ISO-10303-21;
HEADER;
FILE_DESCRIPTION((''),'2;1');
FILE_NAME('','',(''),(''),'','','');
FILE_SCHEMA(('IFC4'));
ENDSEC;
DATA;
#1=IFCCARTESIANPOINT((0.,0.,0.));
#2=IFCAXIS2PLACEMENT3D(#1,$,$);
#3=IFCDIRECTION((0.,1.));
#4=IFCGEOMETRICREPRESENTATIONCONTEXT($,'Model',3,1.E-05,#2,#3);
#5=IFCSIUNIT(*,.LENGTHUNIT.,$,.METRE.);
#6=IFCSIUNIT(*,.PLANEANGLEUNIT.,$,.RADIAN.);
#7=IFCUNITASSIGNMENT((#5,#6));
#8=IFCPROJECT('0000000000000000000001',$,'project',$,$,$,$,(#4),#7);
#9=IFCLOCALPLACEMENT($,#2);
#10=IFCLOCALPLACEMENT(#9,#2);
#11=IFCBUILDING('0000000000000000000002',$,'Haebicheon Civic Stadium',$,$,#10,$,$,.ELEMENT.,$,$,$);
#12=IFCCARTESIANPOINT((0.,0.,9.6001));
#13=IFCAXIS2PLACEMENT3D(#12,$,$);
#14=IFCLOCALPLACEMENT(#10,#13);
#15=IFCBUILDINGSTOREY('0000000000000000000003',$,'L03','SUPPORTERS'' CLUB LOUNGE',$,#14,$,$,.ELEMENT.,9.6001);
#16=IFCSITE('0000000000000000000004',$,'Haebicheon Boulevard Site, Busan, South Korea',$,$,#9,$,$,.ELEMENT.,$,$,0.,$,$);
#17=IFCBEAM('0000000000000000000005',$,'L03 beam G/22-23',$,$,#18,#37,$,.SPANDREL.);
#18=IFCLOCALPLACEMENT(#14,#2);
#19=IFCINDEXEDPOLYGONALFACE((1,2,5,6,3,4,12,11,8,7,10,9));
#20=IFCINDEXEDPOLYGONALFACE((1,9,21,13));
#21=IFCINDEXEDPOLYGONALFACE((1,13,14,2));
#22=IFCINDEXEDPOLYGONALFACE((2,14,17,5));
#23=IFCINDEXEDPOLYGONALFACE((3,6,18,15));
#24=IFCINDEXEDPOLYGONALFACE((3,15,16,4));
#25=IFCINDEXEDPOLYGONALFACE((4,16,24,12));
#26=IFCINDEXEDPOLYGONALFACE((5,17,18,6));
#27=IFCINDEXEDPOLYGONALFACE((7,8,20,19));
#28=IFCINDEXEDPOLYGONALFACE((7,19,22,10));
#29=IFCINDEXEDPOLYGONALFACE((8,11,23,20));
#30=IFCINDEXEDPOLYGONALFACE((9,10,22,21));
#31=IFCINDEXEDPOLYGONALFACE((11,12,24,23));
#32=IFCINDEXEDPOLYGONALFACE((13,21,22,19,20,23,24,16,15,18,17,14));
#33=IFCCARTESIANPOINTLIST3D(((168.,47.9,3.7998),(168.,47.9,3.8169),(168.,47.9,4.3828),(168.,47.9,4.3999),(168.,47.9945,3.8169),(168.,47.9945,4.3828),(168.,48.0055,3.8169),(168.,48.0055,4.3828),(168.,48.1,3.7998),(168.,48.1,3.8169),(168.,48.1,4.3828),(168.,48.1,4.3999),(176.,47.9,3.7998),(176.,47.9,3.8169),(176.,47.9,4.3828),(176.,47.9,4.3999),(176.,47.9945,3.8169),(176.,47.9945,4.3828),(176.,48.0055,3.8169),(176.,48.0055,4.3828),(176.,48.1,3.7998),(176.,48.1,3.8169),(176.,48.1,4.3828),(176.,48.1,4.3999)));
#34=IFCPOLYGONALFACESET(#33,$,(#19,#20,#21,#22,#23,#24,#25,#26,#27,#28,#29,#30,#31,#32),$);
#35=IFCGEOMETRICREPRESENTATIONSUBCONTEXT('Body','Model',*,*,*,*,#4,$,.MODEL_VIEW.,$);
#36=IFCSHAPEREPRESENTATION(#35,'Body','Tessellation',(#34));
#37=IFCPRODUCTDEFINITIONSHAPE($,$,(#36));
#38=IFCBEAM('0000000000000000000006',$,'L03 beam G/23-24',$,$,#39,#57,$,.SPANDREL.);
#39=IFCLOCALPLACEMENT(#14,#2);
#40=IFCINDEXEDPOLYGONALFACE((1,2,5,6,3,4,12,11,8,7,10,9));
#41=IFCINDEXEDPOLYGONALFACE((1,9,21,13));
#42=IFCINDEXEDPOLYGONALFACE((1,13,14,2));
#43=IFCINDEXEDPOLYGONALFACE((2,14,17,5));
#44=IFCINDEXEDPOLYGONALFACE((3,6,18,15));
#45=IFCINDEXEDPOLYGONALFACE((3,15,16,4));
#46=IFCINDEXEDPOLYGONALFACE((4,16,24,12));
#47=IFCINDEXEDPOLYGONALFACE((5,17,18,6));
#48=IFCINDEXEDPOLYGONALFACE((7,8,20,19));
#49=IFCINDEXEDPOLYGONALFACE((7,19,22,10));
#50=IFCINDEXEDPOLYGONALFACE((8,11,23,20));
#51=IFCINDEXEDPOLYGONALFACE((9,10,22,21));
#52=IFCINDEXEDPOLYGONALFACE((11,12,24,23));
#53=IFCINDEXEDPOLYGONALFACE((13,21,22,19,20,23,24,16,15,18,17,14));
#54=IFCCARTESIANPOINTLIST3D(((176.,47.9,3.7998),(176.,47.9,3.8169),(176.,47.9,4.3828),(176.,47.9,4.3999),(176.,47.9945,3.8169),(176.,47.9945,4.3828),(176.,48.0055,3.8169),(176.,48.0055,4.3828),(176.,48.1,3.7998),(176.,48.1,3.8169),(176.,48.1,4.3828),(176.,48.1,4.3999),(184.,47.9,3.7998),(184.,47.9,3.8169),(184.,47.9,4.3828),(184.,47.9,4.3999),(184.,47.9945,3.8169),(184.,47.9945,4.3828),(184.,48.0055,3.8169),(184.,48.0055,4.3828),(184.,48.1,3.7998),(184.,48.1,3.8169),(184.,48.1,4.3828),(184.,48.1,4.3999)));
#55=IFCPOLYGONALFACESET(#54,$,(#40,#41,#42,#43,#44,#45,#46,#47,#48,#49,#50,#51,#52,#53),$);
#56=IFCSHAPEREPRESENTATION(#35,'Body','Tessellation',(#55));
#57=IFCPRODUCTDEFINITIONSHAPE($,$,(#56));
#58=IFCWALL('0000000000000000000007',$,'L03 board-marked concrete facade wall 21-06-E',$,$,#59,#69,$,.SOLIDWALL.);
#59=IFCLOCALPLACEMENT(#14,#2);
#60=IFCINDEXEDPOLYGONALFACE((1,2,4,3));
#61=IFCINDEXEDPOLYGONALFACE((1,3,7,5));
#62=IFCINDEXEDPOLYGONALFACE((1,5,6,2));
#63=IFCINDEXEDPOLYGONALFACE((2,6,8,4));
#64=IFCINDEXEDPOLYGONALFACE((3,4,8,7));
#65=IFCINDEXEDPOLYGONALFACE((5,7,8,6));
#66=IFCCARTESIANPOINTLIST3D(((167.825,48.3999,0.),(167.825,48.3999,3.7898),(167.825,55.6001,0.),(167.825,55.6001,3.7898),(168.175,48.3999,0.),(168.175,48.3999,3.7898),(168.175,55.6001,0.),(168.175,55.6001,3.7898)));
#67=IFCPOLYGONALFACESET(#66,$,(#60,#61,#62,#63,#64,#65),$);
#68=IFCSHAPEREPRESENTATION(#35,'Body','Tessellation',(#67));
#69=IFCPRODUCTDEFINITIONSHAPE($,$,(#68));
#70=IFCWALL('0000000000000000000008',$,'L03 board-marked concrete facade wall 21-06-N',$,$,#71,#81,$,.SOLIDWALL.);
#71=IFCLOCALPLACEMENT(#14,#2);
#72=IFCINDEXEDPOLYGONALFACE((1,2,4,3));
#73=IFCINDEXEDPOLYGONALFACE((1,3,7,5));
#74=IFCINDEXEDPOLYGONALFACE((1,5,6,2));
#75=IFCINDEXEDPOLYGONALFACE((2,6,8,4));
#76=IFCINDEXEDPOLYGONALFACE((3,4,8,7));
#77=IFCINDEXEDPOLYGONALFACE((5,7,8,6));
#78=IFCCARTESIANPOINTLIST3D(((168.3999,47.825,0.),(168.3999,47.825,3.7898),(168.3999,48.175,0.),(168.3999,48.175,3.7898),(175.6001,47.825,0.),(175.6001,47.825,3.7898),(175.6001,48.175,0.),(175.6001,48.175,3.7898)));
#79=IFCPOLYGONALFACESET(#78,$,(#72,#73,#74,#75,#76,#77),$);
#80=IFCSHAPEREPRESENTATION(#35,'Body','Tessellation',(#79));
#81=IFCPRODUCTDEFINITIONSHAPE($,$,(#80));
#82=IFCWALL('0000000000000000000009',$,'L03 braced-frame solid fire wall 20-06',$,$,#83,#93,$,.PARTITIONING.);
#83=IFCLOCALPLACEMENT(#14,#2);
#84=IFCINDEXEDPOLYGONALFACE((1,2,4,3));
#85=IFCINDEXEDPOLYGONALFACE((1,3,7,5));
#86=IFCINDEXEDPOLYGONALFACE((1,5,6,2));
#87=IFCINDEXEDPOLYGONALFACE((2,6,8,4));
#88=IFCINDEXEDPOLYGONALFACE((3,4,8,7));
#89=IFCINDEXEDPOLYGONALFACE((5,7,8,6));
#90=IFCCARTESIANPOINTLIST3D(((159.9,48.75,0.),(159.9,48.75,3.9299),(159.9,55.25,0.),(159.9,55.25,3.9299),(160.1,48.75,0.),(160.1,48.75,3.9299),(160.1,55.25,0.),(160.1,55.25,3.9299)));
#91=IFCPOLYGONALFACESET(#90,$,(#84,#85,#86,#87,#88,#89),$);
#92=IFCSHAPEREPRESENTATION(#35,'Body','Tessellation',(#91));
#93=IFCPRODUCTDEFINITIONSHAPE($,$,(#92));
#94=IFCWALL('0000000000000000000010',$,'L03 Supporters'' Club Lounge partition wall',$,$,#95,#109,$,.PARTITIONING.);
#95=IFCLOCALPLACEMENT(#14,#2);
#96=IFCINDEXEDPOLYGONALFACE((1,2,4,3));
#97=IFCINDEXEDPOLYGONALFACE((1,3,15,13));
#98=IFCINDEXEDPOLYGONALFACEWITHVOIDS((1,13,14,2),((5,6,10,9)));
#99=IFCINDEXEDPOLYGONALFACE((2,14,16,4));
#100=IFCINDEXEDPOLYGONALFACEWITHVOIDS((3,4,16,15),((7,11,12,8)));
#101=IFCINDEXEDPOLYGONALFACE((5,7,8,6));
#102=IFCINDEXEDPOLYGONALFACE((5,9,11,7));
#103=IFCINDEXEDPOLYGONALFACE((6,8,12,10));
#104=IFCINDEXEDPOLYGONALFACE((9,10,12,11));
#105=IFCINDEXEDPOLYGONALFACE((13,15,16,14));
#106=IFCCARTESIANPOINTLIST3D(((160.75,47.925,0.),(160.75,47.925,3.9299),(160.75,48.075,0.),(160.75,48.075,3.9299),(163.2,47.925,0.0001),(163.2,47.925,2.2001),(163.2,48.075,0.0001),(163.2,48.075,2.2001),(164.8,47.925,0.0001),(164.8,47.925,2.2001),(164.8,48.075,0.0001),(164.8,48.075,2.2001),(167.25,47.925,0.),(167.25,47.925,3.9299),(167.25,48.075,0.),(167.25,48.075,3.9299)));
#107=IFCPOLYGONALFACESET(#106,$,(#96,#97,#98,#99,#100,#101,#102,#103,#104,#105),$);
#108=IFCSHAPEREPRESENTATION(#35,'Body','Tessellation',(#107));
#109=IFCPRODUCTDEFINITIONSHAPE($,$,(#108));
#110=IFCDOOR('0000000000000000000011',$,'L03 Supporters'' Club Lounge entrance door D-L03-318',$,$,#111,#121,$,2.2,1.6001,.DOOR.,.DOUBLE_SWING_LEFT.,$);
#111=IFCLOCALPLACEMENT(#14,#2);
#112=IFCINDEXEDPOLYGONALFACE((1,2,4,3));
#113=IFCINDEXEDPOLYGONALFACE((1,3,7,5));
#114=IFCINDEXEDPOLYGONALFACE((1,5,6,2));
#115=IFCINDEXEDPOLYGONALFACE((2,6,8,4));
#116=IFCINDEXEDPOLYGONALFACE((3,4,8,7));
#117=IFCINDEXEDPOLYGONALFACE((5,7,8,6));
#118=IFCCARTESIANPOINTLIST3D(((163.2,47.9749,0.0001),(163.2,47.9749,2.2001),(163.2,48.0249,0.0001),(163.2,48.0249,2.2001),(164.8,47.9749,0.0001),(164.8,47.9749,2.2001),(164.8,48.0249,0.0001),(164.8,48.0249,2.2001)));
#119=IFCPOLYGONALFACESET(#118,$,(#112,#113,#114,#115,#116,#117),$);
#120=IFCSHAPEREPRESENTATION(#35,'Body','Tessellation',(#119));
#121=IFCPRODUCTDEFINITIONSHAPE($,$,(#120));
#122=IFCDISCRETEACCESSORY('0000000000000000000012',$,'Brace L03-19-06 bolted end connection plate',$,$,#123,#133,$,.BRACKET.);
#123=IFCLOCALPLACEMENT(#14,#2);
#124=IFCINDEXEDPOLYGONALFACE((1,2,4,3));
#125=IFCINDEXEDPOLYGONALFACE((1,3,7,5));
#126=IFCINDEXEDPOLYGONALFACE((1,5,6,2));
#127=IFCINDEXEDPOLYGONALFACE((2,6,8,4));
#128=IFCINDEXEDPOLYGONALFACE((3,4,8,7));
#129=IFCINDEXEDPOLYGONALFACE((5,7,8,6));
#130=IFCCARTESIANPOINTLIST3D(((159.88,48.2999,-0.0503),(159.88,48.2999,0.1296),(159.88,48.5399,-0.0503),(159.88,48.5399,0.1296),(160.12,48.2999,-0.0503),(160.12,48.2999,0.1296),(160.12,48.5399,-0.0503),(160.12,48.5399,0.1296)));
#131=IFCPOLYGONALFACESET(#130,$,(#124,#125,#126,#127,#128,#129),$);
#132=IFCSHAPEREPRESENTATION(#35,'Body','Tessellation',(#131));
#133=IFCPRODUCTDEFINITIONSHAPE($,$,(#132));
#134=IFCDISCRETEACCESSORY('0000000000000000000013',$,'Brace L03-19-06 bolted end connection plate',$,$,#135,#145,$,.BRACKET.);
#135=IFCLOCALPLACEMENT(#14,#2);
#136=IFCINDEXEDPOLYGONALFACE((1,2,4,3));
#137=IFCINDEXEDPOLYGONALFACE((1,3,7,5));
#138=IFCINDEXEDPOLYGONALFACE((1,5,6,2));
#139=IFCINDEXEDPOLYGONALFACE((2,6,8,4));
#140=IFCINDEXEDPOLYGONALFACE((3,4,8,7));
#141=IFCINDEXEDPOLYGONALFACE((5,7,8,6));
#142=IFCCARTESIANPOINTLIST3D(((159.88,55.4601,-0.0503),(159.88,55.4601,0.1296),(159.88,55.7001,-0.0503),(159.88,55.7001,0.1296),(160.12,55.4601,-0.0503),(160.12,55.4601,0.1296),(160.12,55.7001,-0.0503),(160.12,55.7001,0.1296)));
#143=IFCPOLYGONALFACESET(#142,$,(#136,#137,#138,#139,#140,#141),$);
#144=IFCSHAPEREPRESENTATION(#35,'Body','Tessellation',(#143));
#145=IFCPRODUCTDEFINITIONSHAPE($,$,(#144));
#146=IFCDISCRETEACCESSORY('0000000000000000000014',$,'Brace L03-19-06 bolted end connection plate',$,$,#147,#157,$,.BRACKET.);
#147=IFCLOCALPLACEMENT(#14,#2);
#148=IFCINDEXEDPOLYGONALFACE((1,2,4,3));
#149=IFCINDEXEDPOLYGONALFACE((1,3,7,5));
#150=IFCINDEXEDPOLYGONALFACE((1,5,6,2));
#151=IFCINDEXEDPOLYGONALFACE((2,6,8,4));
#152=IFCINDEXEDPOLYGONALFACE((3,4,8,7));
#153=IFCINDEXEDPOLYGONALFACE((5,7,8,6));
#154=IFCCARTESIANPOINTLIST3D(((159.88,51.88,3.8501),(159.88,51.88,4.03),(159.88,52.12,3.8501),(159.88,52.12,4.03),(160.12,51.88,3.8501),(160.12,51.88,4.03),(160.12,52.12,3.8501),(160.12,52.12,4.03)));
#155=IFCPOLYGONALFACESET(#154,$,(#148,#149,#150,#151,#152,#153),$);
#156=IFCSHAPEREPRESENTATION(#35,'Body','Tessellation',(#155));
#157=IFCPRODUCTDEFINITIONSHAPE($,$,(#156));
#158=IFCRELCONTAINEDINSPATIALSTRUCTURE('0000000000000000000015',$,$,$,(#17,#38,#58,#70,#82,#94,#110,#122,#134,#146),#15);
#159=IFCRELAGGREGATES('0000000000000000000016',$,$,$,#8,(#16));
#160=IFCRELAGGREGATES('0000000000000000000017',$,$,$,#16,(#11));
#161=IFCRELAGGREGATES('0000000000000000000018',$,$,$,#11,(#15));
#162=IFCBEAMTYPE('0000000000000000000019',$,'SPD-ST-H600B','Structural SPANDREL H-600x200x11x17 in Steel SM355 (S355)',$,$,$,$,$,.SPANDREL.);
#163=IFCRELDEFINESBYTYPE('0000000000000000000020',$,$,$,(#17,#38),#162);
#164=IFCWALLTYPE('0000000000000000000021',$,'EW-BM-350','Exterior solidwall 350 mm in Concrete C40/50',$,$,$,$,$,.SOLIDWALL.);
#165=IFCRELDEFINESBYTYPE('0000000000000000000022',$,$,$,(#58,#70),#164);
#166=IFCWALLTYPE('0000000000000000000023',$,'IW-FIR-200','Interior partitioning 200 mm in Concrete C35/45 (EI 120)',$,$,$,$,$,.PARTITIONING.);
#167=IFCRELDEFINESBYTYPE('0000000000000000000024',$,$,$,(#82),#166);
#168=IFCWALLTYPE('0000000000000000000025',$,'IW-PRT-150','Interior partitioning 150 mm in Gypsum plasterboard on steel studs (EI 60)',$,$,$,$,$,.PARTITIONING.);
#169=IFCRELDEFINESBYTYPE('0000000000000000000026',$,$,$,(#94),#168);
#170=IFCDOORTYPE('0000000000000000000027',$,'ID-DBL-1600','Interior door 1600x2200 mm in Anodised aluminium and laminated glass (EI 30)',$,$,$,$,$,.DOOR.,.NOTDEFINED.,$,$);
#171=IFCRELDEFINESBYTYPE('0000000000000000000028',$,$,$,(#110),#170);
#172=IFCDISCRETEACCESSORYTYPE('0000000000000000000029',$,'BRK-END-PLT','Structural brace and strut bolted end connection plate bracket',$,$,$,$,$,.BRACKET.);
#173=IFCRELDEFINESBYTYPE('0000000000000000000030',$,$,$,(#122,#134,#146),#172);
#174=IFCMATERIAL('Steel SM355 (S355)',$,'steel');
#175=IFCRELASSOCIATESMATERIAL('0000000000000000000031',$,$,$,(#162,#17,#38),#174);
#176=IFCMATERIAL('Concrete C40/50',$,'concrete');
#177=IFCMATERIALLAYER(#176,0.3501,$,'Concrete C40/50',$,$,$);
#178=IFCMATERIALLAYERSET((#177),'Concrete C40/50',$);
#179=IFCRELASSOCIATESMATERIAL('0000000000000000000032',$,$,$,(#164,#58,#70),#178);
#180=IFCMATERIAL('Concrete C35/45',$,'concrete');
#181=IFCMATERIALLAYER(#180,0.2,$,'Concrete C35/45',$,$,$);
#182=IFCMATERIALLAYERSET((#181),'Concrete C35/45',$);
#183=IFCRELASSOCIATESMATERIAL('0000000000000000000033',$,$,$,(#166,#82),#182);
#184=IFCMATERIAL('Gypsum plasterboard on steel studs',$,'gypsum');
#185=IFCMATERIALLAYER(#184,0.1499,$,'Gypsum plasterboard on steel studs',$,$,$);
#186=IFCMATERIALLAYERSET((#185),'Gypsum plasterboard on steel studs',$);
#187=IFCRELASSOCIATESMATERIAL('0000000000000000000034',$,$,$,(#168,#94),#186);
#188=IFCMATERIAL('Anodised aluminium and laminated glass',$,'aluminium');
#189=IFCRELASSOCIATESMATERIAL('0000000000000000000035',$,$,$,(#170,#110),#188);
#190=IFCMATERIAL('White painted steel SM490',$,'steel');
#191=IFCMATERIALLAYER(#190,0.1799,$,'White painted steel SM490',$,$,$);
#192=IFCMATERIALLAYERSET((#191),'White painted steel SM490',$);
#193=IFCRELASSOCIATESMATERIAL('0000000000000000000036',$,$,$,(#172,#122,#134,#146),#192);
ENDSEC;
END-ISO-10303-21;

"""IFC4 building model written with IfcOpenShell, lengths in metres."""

from ifc_helpers import new_model, si_unit, direction, frame, frame_2d, origin, origin_2d, place, context, subcontext, project, spatial, rectangle, i_section, extrude, material, layer, layer_set, material_profile, profile_set, type_object, element, fill, save


model = new_model("IFC4")

# Units and contexts
model_context = context("Model", 3, precision=1e-05, world=origin(), true_north=direction((0.0, 1.0)))
body_context = subcontext(model_context, "Body", "Model", "MODEL_VIEW")
ifc_project = project(units=[si_unit("LENGTHUNIT", "METRE"), si_unit("PLANEANGLEUNIT", "RADIAN")], contexts=[model_context])

# Site, building, storey
site_placement = place(None, origin())
site = spatial("IfcSite", under=ifc_project, at=site_placement, Name="Haebicheon Boulevard Site, Busan, South Korea", CompositionType="ELEMENT", RefElevation=0.0)
building_placement = place(site_placement, origin())
building = spatial("IfcBuilding", under=site, at=building_placement, Name="Haebicheon Civic Stadium", CompositionType="ELEMENT")
storey_placement = place(building_placement, frame((0.0, 0.0, 9.6001)))
storey = spatial("IfcBuildingStorey", under=building, at=storey_placement, Name="L03", Description="SUPPORTERS' CLUB LOUNGE", CompositionType="ELEMENT", Elevation=9.6001)

# Beams
ifc_material_1 = material(Name="Steel SM355 (S355)", Category="steel")
ifc_material_profile_1 = material_profile(ifc_material_1, i_section(OverallWidth=0.2, OverallDepth=0.6001, WebThickness=0.011, FlangeThickness=0.0171, at=origin_2d()), Name="H-600x200x11x17")
ifc_profile_set_1 = profile_set([ifc_material_profile_1], Name="Steel SM355 (S355)")
beam_type_1 = type_object("IfcBeamType", Name="SPD-ST-H600B", Description="Structural SPANDREL H-600x200x11x17 in Steel SM355 (S355)", PredefinedType="SPANDREL", material=ifc_profile_set_1)
for number, where, z_axis, x_axis, name in (
    (1, (168.0, 48.0, 4.0999), (1.0, 0.0, 0.0), (0.0, 1.0, 0.0), "L03 beam G/22-23"),
    (2, (176.0, 48.0, 4.0999), (1.0, 0.0, 0.0), (0.0, 1.0, 0.0), "L03 beam G/23-24"),
):
    element("IfcBeam", number, at=place(storey_placement, frame(where, z_axis=z_axis, x_axis=x_axis)), inside=storey, type_object=beam_type_1, material=ifc_profile_set_1, Name=name, PredefinedType="SPANDREL", context=body_context, shape_type="SweptSolid", body=[
        extrude(i_section(OverallWidth=0.2, OverallDepth=0.6001, WebThickness=0.011, FlangeThickness=0.0171, at=origin_2d()), origin(), (0.0, 0.0, 1.0), 8.0),
    ])

# Walls
ifc_material_2 = material(Name="Concrete C40/50", Category="concrete")
ifc_layer_1 = layer(ifc_material_2, 0.3501, Name="Concrete C40/50")
ifc_layer_set_1 = layer_set([ifc_layer_1], Name="Concrete C40/50")
wall_type_1 = type_object("IfcWallType", Name="EW-BM-350", Description="Exterior solidwall 350 mm in Concrete C40/50", PredefinedType="SOLIDWALL", material=ifc_layer_set_1)
for number, where, z_axis, x_axis, name in (
    (3, (168.0, 48.3999, 0.0), (0.0, 0.0, 1.0), (0.0, 1.0, 0.0), "L03 board-marked concrete facade wall 21-06-E"),
    (4, (168.3999, 48.0, 0.0), (0.0, 0.0, 1.0), (1.0, 0.0, 0.0), "L03 board-marked concrete facade wall 21-06-N"),
):
    element("IfcWall", number, at=place(storey_placement, frame(where, z_axis=z_axis, x_axis=x_axis)), inside=storey, type_object=wall_type_1, material=ifc_layer_set_1, Name=name, PredefinedType="SOLIDWALL", context=body_context, shape_type="SweptSolid", body=[
        extrude(rectangle(XDim=7.2002, YDim=0.3501, at=frame_2d((3.6001, 0.0))), origin(), (0.0, 0.0, 1.0), 3.7898),
    ])
ifc_material_3 = material(Name="Concrete C35/45", Category="concrete")
ifc_layer_2 = layer(ifc_material_3, 0.2, Name="Concrete C35/45")
ifc_layer_set_2 = layer_set([ifc_layer_2], Name="Concrete C35/45")
wall_type_2 = type_object("IfcWallType", Name="IW-FIR-200", Description="Interior partitioning 200 mm in Concrete C35/45 (EI 120)", PredefinedType="PARTITIONING", material=ifc_layer_set_2)
wall_1_placement = place(storey_placement, frame((160.0, 48.75, 0.0), z_axis=(0.0, 0.0, 1.0), x_axis=(0.0, 1.0, 0.0)))
element("IfcWall", 5, at=wall_1_placement, inside=storey, type_object=wall_type_2, material=ifc_layer_set_2, Name="L03 braced-frame solid fire wall 20-06", PredefinedType="PARTITIONING", context=body_context, shape_type="SweptSolid", body=[
    extrude(rectangle(XDim=6.5, YDim=0.2, at=frame_2d((3.25, 0.0))), origin(), (0.0, 0.0, 1.0), 3.9299),
])

# Wall, opening, door
ifc_material_4 = material(Name="Gypsum plasterboard on steel studs", Category="gypsum")
ifc_layer_3 = layer(ifc_material_4, 0.1499, Name="Gypsum plasterboard on steel studs")
ifc_layer_set_3 = layer_set([ifc_layer_3], Name="Gypsum plasterboard on steel studs")
wall_type_3 = type_object("IfcWallType", Name="IW-PRT-150", Description="Interior partitioning 150 mm in Gypsum plasterboard on steel studs (EI 60)", PredefinedType="PARTITIONING", material=ifc_layer_set_3)
wall_2_placement = place(storey_placement, frame((160.75, 48.0, 0.0), z_axis=(0.0, 0.0, 1.0), x_axis=(1.0, 0.0, 0.0)))
wall_2 = element("IfcWall", 6, at=wall_2_placement, inside=storey, type_object=wall_type_3, material=ifc_layer_set_3, Name="L03 Supporters' Club Lounge partition wall", PredefinedType="PARTITIONING", context=body_context, shape_type="SweptSolid", body=[
    extrude(rectangle(XDim=6.5, YDim=0.1499, at=frame_2d((3.25, 0.0))), origin(), (0.0, 0.0, 1.0), 3.9299),
])
opening_placement = place(wall_2_placement, frame((2.45, 0.0, 0.0)))
opening = element("IfcOpeningElement", 7, at=opening_placement, cuts=wall_2, PredefinedType="OPENING", context=body_context, shape_type="SweptSolid", body=[
    extrude(rectangle(XDim=1.6001, YDim=2.2, at=frame_2d((0.8, 1.1001))), frame((0.0, 0.085, 0.0), z_axis=(0.0, -1.0, 0.0), x_axis=(1.0, 0.0, 0.0)), (0.0, 0.0, 1.0), 0.1699),
])
ifc_material_5 = material(Name="Anodised aluminium and laminated glass", Category="aluminium")
door_type = type_object("IfcDoorType", Name="ID-DBL-1600", Description="Interior door 1600x2200 mm in Anodised aluminium and laminated glass (EI 30)", OperationType="NOTDEFINED", PredefinedType="DOOR", material=ifc_material_5)
door_placement = place(opening_placement, origin())
door = element("IfcDoor", 8, at=door_placement, inside=storey, type_object=door_type, material=ifc_material_5, Name="L03 Supporters' Club Lounge entrance door D-L03-318", OperationType="DOUBLE_SWING_LEFT", OverallHeight=2.2, OverallWidth=1.6001, PredefinedType="DOOR", context=body_context, shape_type="SweptSolid", body=[
    extrude(rectangle(XDim=1.6001, YDim=2.2, at=frame_2d((0.8, 1.1001))), frame((0.0, 0.0249, 0.0), z_axis=(0.0, -1.0, 0.0), x_axis=(1.0, 0.0, 0.0)), (0.0, 0.0, 1.0), 0.05),
])
fill(opening, door)

# Discrete accessories
ifc_material_6 = material(Name="White painted steel SM490", Category="steel")
ifc_layer_4 = layer(ifc_material_6, 0.1799, Name="White painted steel SM490")
ifc_layer_set_4 = layer_set([ifc_layer_4], Name="White painted steel SM490")
discrete_accessory_type = type_object("IfcDiscreteAccessoryType", Name="BRK-END-PLT", Description="Structural brace and strut bolted end connection plate bracket", PredefinedType="BRACKET", material=ifc_layer_set_4)
for number, where, z_axis, x_axis, name in (
    (9, (160.0, 48.4199, -0.0503), (0.0, 0.0, 1.0), (1.0, 0.0, 0.0), "Brace L03-19-06 bolted end connection plate"),
    (10, (160.0, 55.5801, -0.0503), (0.0, 0.0, 1.0), (1.0, 0.0, 0.0), "Brace L03-19-06 bolted end connection plate"),
    (11, (160.0, 52.0, 3.8501), (0.0, 0.0, 1.0), (1.0, 0.0, 0.0), "Brace L03-19-06 bolted end connection plate"),
):
    element("IfcDiscreteAccessory", number, at=place(storey_placement, frame(where, z_axis=z_axis, x_axis=x_axis)), inside=storey, type_object=discrete_accessory_type, material=ifc_layer_set_4, Name=name, PredefinedType="BRACKET", context=body_context, shape_type="SweptSolid", body=[
        extrude(rectangle(XDim=0.24, YDim=0.24, at=origin_2d()), origin(), (0.0, 0.0, 1.0), 0.1799),
    ])

save(model, "model.ifc")
